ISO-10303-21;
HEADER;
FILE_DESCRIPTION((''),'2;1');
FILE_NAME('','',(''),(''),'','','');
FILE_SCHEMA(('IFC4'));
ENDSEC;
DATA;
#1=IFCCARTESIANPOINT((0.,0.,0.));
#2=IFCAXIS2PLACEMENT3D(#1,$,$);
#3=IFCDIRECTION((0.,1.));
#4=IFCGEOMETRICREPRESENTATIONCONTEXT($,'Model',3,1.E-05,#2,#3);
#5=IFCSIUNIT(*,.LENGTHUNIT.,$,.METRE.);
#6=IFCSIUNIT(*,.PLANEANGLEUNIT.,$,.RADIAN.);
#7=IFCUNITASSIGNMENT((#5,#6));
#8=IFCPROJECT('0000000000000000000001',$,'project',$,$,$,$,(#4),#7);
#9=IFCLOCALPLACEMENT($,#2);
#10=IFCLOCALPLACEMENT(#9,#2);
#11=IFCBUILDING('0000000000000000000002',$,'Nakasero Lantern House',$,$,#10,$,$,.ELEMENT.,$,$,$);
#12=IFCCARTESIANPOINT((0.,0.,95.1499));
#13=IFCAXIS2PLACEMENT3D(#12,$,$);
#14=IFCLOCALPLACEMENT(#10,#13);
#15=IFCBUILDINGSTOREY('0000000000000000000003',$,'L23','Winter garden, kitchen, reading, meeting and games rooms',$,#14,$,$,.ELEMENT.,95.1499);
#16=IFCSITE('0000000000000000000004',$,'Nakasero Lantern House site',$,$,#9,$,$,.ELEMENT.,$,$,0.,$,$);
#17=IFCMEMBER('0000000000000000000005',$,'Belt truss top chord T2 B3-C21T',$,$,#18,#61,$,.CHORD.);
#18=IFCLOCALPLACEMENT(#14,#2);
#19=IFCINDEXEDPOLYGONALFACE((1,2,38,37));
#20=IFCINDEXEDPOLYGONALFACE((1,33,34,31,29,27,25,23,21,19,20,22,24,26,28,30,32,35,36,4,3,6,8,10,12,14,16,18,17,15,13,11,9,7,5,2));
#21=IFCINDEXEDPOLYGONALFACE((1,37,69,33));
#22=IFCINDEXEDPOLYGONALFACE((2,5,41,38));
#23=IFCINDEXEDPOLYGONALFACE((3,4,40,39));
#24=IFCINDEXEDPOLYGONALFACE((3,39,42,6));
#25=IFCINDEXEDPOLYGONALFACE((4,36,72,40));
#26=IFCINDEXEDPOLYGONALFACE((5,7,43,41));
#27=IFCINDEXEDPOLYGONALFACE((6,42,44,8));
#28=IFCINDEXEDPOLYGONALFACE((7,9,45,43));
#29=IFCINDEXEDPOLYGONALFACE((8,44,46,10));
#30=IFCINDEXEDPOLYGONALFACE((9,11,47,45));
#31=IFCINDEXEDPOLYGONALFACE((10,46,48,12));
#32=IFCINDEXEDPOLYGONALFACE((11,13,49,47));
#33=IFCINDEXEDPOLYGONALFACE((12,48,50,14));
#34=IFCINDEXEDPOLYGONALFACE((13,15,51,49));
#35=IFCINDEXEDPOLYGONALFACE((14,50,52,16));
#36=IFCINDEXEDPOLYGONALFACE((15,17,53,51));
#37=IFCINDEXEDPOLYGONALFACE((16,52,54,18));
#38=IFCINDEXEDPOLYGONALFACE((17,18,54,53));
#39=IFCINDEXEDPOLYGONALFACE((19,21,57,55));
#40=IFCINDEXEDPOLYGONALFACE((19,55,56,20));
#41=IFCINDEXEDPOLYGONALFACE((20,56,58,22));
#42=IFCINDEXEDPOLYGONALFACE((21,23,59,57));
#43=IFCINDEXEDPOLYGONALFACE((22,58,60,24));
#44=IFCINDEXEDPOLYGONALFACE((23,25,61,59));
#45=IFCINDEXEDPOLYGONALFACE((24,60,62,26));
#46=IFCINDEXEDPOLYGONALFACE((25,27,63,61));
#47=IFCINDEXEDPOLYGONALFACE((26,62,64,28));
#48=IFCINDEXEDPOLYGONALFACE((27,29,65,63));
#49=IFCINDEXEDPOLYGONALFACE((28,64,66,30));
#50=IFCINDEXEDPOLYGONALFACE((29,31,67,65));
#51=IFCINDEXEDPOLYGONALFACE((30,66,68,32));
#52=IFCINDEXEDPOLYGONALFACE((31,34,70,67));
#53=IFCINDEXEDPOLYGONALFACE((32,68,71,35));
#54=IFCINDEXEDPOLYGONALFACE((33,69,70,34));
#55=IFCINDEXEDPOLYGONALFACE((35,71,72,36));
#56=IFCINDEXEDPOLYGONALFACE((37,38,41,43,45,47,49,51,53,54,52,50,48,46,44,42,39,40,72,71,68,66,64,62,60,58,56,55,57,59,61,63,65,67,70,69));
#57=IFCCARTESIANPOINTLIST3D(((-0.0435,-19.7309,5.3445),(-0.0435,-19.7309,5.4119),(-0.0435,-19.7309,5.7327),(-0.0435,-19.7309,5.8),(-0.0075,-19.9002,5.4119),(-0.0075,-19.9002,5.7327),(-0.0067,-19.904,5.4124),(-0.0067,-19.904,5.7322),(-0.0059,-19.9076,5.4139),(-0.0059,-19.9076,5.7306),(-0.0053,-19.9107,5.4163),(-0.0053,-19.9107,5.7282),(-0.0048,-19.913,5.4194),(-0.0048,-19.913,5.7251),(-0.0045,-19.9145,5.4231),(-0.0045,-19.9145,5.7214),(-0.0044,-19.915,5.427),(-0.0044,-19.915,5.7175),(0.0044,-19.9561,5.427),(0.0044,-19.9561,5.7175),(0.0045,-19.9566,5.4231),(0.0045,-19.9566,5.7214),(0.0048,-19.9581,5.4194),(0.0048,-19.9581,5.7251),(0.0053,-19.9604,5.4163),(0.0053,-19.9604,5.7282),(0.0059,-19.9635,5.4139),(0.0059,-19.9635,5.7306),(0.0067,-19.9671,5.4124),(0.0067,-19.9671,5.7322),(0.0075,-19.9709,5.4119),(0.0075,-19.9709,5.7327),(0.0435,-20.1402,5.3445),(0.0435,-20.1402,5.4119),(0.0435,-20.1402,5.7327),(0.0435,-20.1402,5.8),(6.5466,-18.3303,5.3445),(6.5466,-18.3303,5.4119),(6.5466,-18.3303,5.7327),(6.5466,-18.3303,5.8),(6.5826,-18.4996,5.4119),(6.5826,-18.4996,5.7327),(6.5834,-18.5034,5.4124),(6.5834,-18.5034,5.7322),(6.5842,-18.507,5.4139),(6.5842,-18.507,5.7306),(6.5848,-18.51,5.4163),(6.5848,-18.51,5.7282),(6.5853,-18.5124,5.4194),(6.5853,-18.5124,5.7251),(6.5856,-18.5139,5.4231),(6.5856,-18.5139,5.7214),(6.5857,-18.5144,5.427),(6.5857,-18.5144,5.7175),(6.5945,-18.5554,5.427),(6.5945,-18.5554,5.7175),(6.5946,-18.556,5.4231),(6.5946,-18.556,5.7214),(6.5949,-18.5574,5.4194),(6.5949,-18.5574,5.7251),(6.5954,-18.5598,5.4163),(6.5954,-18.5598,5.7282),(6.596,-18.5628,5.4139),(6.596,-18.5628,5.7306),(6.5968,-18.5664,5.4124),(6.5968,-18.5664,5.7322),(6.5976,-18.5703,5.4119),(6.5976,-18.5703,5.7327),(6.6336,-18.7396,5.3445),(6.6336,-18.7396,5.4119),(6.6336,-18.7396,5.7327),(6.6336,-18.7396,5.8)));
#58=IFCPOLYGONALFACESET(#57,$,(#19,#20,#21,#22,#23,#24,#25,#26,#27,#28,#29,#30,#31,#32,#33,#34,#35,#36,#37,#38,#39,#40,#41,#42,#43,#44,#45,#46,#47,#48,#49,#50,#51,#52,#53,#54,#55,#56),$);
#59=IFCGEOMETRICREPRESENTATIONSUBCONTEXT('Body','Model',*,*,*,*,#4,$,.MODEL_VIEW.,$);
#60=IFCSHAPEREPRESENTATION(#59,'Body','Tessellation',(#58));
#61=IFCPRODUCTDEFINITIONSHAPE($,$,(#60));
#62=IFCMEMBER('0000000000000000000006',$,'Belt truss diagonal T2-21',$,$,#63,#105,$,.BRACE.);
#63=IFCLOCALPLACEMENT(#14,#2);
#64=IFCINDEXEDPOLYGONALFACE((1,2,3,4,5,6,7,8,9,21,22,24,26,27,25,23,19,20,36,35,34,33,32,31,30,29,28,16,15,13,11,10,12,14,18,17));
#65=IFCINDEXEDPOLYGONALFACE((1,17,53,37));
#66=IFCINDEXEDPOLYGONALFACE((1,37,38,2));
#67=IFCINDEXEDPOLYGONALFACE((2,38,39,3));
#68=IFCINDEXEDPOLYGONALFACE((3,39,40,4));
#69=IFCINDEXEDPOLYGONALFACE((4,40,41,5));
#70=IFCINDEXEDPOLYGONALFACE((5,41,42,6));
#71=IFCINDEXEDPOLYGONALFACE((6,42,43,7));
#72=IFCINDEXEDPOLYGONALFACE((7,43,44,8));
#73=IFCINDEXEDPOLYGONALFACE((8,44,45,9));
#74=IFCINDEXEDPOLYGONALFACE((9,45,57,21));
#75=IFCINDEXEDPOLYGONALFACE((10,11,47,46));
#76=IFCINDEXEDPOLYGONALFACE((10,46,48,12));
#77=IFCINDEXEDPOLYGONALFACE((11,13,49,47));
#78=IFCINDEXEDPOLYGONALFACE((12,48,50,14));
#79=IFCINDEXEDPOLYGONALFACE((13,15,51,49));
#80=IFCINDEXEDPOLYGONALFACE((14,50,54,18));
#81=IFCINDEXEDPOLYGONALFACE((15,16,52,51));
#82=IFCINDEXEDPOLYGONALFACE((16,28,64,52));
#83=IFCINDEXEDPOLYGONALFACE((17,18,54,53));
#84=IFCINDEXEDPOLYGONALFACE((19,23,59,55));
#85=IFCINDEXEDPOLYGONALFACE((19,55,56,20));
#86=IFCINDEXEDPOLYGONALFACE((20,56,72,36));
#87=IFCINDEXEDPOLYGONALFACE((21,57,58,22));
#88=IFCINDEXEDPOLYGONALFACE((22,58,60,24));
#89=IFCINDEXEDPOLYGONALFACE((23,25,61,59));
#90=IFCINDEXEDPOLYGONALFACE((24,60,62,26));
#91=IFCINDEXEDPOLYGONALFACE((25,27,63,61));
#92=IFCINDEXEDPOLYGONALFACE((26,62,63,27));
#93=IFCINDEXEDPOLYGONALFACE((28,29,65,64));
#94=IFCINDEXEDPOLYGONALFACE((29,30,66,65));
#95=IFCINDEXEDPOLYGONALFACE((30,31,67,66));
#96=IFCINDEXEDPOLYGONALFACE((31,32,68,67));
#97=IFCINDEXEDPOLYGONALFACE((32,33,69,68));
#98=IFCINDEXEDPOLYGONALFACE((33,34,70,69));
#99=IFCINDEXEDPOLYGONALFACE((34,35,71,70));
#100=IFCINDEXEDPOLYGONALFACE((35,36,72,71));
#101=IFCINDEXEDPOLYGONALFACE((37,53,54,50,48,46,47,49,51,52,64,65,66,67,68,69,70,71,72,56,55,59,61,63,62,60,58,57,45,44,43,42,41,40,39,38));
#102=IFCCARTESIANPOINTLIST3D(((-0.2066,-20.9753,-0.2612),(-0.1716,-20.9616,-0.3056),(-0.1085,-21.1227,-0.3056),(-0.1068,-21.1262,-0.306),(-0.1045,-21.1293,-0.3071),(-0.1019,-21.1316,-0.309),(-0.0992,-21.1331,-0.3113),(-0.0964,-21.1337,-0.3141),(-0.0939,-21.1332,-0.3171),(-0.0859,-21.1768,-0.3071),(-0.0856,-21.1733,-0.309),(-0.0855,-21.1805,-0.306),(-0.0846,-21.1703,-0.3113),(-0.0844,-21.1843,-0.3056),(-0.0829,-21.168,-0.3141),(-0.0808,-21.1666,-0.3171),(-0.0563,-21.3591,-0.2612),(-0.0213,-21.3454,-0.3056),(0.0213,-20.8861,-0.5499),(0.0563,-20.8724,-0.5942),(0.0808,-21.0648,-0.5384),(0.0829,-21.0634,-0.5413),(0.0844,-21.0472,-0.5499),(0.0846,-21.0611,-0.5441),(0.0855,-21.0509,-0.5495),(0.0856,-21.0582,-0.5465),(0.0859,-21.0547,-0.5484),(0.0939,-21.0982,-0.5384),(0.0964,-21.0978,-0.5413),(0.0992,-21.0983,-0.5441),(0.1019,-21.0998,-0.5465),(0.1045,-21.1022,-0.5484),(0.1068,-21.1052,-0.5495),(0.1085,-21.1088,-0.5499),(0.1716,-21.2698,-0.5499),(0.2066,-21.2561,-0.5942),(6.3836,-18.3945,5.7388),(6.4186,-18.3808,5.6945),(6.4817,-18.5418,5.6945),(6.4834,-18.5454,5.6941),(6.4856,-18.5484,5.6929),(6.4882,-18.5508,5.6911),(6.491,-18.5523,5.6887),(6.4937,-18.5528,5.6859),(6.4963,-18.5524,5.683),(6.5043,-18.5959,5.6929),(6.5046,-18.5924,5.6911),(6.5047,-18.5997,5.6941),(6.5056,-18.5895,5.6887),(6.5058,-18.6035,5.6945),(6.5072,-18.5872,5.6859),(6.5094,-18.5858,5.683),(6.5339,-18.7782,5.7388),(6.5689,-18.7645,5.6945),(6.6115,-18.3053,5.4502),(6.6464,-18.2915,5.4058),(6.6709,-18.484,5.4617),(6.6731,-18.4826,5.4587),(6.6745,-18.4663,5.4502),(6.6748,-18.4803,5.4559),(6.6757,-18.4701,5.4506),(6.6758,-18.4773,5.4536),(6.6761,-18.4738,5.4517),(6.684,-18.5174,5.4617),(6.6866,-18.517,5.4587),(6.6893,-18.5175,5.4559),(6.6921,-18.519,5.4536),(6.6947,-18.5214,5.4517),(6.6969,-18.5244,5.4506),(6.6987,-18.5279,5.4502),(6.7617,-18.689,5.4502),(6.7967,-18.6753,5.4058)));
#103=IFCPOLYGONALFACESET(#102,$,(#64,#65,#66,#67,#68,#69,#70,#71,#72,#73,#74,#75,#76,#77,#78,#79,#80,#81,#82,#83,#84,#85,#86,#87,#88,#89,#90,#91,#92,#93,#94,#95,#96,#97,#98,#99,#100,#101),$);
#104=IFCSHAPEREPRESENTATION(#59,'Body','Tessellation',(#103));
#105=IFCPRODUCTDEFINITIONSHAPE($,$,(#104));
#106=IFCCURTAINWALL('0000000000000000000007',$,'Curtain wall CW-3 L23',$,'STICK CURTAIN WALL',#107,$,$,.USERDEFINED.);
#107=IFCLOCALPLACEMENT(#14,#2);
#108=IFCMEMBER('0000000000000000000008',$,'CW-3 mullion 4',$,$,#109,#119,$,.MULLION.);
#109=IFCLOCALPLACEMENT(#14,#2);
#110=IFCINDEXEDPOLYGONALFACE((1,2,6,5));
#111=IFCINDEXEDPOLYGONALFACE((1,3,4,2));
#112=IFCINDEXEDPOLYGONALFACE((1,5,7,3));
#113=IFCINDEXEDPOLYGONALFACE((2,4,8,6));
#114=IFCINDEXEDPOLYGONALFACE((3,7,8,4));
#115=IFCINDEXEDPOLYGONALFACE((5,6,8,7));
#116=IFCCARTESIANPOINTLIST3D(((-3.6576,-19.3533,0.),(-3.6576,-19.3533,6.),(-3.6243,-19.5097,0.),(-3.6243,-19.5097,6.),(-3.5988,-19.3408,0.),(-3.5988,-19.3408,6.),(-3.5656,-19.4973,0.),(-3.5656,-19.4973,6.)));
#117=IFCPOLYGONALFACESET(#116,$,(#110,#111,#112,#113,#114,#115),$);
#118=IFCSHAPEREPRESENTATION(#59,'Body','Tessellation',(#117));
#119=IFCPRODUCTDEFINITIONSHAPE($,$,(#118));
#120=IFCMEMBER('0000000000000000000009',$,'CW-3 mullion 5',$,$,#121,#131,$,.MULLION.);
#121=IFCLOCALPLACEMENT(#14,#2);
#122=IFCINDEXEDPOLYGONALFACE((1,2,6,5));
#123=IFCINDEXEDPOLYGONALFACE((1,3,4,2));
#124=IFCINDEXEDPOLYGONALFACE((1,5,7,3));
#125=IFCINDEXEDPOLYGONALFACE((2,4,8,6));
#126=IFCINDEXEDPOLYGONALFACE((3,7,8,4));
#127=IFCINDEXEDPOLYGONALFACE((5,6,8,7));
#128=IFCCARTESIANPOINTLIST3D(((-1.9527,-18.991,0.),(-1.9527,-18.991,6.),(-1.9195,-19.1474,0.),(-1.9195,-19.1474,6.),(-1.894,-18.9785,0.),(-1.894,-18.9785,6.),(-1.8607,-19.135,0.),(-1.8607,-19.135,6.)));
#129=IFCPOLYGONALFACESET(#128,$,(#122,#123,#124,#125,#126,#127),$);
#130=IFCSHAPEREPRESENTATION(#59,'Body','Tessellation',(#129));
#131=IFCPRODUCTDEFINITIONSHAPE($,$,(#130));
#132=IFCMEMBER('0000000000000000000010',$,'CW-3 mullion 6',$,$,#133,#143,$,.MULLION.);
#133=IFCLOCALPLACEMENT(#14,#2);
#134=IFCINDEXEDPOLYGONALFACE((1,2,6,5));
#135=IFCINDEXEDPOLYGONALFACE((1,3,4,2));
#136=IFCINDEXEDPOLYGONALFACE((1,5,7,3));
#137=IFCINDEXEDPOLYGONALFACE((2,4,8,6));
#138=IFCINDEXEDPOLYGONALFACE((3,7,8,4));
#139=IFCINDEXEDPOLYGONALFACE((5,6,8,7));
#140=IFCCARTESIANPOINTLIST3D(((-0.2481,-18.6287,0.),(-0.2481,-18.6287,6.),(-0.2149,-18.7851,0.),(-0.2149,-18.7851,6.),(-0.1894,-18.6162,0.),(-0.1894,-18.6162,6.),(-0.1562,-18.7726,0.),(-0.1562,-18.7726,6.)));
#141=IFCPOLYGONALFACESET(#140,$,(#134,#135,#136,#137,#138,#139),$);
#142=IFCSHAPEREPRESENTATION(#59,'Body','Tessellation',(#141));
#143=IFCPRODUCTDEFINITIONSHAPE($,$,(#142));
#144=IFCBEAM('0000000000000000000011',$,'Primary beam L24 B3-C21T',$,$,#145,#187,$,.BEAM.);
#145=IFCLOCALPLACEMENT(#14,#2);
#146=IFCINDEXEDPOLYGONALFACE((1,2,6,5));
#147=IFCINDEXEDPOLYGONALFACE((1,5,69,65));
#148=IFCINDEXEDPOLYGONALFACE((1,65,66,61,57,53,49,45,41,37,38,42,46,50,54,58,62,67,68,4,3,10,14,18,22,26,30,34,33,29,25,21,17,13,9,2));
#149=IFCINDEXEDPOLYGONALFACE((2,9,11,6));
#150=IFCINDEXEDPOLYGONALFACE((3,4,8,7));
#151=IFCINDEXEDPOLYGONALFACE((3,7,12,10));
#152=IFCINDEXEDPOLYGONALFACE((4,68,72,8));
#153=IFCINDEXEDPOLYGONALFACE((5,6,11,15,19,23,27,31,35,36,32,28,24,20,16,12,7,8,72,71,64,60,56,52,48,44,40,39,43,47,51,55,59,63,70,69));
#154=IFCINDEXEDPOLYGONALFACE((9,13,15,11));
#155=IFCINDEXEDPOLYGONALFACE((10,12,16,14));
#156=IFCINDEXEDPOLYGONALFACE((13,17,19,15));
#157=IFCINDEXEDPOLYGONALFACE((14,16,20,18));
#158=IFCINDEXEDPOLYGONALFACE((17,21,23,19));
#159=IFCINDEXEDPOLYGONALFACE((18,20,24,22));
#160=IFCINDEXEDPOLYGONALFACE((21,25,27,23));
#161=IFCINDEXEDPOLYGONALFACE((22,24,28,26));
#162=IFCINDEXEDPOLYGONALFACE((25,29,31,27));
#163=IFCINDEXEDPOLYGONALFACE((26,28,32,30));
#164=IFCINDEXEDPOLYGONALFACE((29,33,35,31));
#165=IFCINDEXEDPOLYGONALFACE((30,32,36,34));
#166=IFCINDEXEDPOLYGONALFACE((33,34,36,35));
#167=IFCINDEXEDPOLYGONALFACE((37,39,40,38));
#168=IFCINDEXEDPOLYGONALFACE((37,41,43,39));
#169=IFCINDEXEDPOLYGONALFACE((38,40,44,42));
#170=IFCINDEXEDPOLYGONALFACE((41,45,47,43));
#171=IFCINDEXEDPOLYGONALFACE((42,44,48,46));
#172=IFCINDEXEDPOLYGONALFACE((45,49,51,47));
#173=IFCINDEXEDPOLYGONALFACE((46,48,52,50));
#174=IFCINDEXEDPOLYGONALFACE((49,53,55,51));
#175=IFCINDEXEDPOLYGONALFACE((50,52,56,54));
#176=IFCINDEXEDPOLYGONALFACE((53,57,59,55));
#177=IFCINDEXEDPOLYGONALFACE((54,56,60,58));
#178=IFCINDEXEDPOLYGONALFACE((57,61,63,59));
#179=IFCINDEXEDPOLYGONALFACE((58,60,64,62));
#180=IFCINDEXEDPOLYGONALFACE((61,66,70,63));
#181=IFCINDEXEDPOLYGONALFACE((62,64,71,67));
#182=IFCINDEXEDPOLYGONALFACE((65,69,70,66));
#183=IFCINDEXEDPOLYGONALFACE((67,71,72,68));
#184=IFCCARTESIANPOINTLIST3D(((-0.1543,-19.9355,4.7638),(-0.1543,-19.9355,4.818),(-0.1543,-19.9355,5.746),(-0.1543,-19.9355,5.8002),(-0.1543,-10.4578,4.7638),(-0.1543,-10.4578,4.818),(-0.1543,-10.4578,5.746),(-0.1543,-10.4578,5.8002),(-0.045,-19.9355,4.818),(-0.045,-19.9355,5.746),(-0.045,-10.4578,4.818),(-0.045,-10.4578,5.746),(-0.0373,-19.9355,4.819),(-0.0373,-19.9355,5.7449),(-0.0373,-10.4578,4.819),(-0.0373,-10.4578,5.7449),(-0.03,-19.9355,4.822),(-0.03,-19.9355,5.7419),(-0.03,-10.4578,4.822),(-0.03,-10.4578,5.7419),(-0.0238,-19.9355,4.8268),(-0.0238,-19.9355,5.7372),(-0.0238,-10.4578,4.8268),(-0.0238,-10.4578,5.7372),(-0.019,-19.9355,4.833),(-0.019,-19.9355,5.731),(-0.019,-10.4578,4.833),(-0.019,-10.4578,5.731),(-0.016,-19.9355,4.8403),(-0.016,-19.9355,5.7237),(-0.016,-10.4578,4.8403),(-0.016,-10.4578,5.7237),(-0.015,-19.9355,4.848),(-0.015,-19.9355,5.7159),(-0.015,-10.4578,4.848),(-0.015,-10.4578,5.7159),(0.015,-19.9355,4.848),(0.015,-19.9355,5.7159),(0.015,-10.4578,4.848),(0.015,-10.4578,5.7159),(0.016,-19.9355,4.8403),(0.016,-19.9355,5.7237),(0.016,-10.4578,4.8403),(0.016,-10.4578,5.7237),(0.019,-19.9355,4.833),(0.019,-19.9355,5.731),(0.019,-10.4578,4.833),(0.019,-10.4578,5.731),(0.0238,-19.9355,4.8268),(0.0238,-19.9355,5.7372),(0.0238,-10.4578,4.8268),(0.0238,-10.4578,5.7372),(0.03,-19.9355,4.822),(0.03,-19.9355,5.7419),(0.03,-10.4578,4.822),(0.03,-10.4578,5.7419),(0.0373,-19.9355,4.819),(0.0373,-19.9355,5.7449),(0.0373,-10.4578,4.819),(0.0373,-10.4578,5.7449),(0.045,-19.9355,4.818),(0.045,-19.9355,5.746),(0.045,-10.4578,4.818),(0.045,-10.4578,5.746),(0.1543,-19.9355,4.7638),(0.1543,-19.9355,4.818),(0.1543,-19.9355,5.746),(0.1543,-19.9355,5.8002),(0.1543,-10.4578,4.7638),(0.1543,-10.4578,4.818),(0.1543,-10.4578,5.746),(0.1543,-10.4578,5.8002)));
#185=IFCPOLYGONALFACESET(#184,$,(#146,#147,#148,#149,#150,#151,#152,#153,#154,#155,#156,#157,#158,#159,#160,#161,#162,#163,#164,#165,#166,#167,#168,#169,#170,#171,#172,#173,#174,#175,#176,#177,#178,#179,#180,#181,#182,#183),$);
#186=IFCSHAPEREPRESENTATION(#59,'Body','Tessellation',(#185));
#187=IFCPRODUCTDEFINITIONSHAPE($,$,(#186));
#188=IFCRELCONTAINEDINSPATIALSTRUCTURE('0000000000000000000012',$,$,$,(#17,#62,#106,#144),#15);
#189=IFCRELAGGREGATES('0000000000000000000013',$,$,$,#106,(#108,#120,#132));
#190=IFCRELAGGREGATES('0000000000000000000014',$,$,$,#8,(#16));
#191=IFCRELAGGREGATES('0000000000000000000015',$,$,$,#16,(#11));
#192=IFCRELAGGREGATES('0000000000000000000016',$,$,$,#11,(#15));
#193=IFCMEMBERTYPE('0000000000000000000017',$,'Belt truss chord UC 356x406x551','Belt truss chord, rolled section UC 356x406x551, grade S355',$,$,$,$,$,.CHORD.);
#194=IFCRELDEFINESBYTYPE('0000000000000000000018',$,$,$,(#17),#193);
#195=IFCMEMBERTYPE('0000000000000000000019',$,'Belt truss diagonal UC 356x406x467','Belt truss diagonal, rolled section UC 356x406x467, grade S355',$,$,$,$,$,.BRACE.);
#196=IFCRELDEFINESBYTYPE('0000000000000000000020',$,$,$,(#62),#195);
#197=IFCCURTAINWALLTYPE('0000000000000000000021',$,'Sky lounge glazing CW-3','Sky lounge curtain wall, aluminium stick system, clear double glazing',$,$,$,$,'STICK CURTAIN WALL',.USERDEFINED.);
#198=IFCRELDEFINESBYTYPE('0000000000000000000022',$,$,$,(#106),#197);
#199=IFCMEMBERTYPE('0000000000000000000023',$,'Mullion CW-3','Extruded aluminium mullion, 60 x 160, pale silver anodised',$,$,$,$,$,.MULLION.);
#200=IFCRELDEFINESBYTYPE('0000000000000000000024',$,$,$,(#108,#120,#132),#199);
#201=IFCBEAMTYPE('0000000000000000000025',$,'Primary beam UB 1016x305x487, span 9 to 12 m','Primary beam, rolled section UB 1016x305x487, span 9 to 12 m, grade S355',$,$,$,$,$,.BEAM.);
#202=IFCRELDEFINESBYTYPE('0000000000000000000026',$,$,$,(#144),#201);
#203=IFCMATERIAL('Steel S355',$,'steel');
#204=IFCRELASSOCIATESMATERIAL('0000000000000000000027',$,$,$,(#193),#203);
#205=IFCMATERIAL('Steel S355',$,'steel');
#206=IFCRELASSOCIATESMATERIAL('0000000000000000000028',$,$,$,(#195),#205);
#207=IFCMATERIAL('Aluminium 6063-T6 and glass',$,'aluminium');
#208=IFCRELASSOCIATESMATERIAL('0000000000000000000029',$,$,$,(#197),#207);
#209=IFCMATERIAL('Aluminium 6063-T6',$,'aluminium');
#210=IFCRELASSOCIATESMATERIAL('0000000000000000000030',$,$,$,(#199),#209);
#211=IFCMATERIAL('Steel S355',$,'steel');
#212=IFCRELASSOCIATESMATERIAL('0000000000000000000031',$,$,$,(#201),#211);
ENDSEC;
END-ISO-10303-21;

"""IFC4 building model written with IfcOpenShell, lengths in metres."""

from ifc_helpers import new_model, si_unit, direction, frame, origin, origin_2d, place, context, subcontext, project, spatial, rectangle, i_section, extrude, material, material_profile, profile_set, type_object, element, aggregate, save


model = new_model("IFC4")

# Units and contexts
model_context = context("Model", 3, precision=1e-05, world=origin(), true_north=direction((0.0, 1.0)))
body_context = subcontext(model_context, "Body", "Model", "MODEL_VIEW")
ifc_project = project(units=[si_unit("LENGTHUNIT", "METRE"), si_unit("PLANEANGLEUNIT", "RADIAN")], contexts=[model_context])

# Site, building, storey
site_placement = place(None, origin())
site = spatial("IfcSite", under=ifc_project, at=site_placement, Name="Nakasero Lantern House site", CompositionType="ELEMENT", RefElevation=0.0)
building_placement = place(site_placement, origin())
building = spatial("IfcBuilding", under=site, at=building_placement, Name="Nakasero Lantern House", CompositionType="ELEMENT")
storey_placement = place(building_placement, frame((0.0, 0.0, 95.1499)))
storey = spatial("IfcBuildingStorey", under=building, at=storey_placement, Name="L23", Description="Winter garden, kitchen, reading, meeting and games rooms", CompositionType="ELEMENT", Elevation=95.1499)

# Members
ifc_material_1 = material(Name="Steel S355", Category="steel")
ifc_material_profile_1 = material_profile(ifc_material_1, i_section(OverallWidth=0.4185, OverallDepth=0.4556, WebThickness=0.042, FlangeThickness=0.0674, FilletRadius=0.0151, at=origin_2d()), Name="UC 356x406x551")
ifc_profile_set_1 = profile_set([ifc_material_profile_1], Name="Steel S355")
member_type_1 = type_object("IfcMemberType", Name="Belt truss chord UC 356x406x551", Description="Belt truss chord, rolled section UC 356x406x551, grade S355", PredefinedType="CHORD", material=ifc_profile_set_1)
member_1_placement = place(storey_placement, frame((0.0, -19.9355, 5.5723), z_axis=(0.978152, 0.207893, 0.0), x_axis=(-0.207893, 0.978152, 0.0)))
element("IfcMember", 1, at=member_1_placement, inside=storey, type_object=member_type_1, Name="Belt truss top chord T2 B3-C21T", PredefinedType="CHORD", context=body_context, shape_type="SweptSolid", body=[
    extrude(i_section(OverallWidth=0.4185, OverallDepth=0.4556, WebThickness=0.042, FlangeThickness=0.0674, FilletRadius=0.0151, at=origin_2d()), origin(), (0.0, 0.0, 1.0), 6.7373),
])
ifc_material_2 = material(Name="Steel S355", Category="steel")
ifc_material_profile_2 = material_profile(ifc_material_2, i_section(OverallWidth=0.4121, OverallDepth=0.4365, WebThickness=0.0359, FlangeThickness=0.0581, FilletRadius=0.0151, at=origin_2d()), Name="UC 356x406x467")
ifc_profile_set_2 = profile_set([ifc_material_profile_2], Name="Steel S355")
member_type_2 = type_object("IfcMemberType", Name="Belt truss diagonal UC 356x406x467", Description="Belt truss diagonal, rolled section UC 356x406x467, grade S355", PredefinedType="BRACE", material=ifc_profile_set_2)
member_2_placement = place(storey_placement, frame((0.0, -21.1157, -0.4277), z_axis=(0.710257, 0.278151, 0.646659), x_axis=(-0.364654, 0.931143, 0.0)))
element("IfcMember", 2, at=member_2_placement, inside=storey, type_object=member_type_2, Name="Belt truss diagonal T2-21", PredefinedType="BRACE", context=body_context, shape_type="SweptSolid", body=[
    extrude(i_section(OverallWidth=0.4121, OverallDepth=0.4365, WebThickness=0.0359, FlangeThickness=0.0581, FilletRadius=0.0151, at=origin_2d()), origin(), (0.0, 0.0, 1.0), 9.2786),
])

# Curtain wall, members
ifc_material_3 = material(Name="Aluminium 6063-T6 and glass", Category="aluminium")
curtain_wall_type = type_object("IfcCurtainWallType", Name="Sky lounge glazing CW-3", Description="Sky lounge curtain wall, aluminium stick system, clear double glazing", ElementType="STICK CURTAIN WALL", PredefinedType="USERDEFINED", material=ifc_material_3)
curtain_wall_placement = place(storey_placement, origin())
curtain_wall = element("IfcCurtainWall", 3, at=curtain_wall_placement, inside=storey, type_object=curtain_wall_type, Name="Curtain wall CW-3 L23", ObjectType="STICK CURTAIN WALL", PredefinedType="USERDEFINED")
ifc_material_4 = material(Name="Aluminium 6063-T6", Category="aluminium")
ifc_material_profile_3 = material_profile(ifc_material_4, rectangle(XDim=0.0601, YDim=0.1599, at=origin_2d()), Name="CW-3 mullion 60x160")
ifc_profile_set_3 = profile_set([ifc_material_profile_3], Name="Aluminium 6063-T6")
member_type_3 = type_object("IfcMemberType", Name="Mullion CW-3", Description="Extruded aluminium mullion, 60 x 160, pale silver anodised", PredefinedType="MULLION", material=ifc_profile_set_3)
member_3_placement = place(storey_placement, frame((-3.6116, -19.4253, 0.0), z_axis=(0.0, 0.0, 1.0), x_axis=(0.978148, 0.207912, 0.0)))
member_3 = element("IfcMember", 4, at=member_3_placement, type_object=member_type_3, Name="CW-3 mullion 4", PredefinedType="MULLION", context=body_context, shape_type="SweptSolid", body=[
    extrude(rectangle(XDim=0.0601, YDim=0.1599, at=origin_2d()), origin(), (0.0, 0.0, 1.0), 6.0),
])
member_4_placement = place(storey_placement, frame((-1.9067, -19.063, 0.0), z_axis=(0.0, 0.0, 1.0), x_axis=(0.978148, 0.207912, 0.0)))
member_4 = element("IfcMember", 5, at=member_4_placement, type_object=member_type_3, Name="CW-3 mullion 5", PredefinedType="MULLION", context=body_context, shape_type="SweptSolid", body=[
    extrude(rectangle(XDim=0.0601, YDim=0.1599, at=origin_2d()), origin(), (0.0, 0.0, 1.0), 6.0),
])
member_5_placement = place(storey_placement, frame((-0.2021, -18.7007, 0.0), z_axis=(0.0, 0.0, 1.0), x_axis=(0.978148, 0.207912, 0.0)))
member_5 = element("IfcMember", 6, at=member_5_placement, type_object=member_type_3, Name="CW-3 mullion 6", PredefinedType="MULLION", context=body_context, shape_type="SweptSolid", body=[
    extrude(rectangle(XDim=0.0601, YDim=0.1599, at=origin_2d()), origin(), (0.0, 0.0, 1.0), 6.0),
])

# Beam
ifc_material_5 = material(Name="Steel S355", Category="steel")
ifc_material_profile_4 = material_profile(ifc_material_5, i_section(OverallWidth=0.3086, OverallDepth=1.0364, WebThickness=0.03, FlangeThickness=0.0542, FilletRadius=0.03, at=origin_2d()), Name="UB 1016x305x487")
ifc_profile_set_4 = profile_set([ifc_material_profile_4], Name="Steel S355")
beam_type = type_object("IfcBeamType", Name="Primary beam UB 1016x305x487, span 9 to 12 m", Description="Primary beam, rolled section UB 1016x305x487, span 9 to 12 m, grade S355", PredefinedType="BEAM", material=ifc_profile_set_4)
beam_placement = place(storey_placement, frame((0.0, -19.9355, 5.282), z_axis=(0.0, 1.0, 0.0), x_axis=(-1.0, 0.0, 0.0)))
element("IfcBeam", 7, at=beam_placement, inside=storey, type_object=beam_type, Name="Primary beam L24 B3-C21T", PredefinedType="BEAM", context=body_context, shape_type="SweptSolid", body=[
    extrude(i_section(OverallWidth=0.3086, OverallDepth=1.0364, WebThickness=0.03, FlangeThickness=0.0542, FilletRadius=0.03, at=origin_2d()), origin(), (0.0, 0.0, 1.0), 9.4778),
])

aggregate(curtain_wall, [member_3, member_4, member_5])

save(model, "model.ifc")
